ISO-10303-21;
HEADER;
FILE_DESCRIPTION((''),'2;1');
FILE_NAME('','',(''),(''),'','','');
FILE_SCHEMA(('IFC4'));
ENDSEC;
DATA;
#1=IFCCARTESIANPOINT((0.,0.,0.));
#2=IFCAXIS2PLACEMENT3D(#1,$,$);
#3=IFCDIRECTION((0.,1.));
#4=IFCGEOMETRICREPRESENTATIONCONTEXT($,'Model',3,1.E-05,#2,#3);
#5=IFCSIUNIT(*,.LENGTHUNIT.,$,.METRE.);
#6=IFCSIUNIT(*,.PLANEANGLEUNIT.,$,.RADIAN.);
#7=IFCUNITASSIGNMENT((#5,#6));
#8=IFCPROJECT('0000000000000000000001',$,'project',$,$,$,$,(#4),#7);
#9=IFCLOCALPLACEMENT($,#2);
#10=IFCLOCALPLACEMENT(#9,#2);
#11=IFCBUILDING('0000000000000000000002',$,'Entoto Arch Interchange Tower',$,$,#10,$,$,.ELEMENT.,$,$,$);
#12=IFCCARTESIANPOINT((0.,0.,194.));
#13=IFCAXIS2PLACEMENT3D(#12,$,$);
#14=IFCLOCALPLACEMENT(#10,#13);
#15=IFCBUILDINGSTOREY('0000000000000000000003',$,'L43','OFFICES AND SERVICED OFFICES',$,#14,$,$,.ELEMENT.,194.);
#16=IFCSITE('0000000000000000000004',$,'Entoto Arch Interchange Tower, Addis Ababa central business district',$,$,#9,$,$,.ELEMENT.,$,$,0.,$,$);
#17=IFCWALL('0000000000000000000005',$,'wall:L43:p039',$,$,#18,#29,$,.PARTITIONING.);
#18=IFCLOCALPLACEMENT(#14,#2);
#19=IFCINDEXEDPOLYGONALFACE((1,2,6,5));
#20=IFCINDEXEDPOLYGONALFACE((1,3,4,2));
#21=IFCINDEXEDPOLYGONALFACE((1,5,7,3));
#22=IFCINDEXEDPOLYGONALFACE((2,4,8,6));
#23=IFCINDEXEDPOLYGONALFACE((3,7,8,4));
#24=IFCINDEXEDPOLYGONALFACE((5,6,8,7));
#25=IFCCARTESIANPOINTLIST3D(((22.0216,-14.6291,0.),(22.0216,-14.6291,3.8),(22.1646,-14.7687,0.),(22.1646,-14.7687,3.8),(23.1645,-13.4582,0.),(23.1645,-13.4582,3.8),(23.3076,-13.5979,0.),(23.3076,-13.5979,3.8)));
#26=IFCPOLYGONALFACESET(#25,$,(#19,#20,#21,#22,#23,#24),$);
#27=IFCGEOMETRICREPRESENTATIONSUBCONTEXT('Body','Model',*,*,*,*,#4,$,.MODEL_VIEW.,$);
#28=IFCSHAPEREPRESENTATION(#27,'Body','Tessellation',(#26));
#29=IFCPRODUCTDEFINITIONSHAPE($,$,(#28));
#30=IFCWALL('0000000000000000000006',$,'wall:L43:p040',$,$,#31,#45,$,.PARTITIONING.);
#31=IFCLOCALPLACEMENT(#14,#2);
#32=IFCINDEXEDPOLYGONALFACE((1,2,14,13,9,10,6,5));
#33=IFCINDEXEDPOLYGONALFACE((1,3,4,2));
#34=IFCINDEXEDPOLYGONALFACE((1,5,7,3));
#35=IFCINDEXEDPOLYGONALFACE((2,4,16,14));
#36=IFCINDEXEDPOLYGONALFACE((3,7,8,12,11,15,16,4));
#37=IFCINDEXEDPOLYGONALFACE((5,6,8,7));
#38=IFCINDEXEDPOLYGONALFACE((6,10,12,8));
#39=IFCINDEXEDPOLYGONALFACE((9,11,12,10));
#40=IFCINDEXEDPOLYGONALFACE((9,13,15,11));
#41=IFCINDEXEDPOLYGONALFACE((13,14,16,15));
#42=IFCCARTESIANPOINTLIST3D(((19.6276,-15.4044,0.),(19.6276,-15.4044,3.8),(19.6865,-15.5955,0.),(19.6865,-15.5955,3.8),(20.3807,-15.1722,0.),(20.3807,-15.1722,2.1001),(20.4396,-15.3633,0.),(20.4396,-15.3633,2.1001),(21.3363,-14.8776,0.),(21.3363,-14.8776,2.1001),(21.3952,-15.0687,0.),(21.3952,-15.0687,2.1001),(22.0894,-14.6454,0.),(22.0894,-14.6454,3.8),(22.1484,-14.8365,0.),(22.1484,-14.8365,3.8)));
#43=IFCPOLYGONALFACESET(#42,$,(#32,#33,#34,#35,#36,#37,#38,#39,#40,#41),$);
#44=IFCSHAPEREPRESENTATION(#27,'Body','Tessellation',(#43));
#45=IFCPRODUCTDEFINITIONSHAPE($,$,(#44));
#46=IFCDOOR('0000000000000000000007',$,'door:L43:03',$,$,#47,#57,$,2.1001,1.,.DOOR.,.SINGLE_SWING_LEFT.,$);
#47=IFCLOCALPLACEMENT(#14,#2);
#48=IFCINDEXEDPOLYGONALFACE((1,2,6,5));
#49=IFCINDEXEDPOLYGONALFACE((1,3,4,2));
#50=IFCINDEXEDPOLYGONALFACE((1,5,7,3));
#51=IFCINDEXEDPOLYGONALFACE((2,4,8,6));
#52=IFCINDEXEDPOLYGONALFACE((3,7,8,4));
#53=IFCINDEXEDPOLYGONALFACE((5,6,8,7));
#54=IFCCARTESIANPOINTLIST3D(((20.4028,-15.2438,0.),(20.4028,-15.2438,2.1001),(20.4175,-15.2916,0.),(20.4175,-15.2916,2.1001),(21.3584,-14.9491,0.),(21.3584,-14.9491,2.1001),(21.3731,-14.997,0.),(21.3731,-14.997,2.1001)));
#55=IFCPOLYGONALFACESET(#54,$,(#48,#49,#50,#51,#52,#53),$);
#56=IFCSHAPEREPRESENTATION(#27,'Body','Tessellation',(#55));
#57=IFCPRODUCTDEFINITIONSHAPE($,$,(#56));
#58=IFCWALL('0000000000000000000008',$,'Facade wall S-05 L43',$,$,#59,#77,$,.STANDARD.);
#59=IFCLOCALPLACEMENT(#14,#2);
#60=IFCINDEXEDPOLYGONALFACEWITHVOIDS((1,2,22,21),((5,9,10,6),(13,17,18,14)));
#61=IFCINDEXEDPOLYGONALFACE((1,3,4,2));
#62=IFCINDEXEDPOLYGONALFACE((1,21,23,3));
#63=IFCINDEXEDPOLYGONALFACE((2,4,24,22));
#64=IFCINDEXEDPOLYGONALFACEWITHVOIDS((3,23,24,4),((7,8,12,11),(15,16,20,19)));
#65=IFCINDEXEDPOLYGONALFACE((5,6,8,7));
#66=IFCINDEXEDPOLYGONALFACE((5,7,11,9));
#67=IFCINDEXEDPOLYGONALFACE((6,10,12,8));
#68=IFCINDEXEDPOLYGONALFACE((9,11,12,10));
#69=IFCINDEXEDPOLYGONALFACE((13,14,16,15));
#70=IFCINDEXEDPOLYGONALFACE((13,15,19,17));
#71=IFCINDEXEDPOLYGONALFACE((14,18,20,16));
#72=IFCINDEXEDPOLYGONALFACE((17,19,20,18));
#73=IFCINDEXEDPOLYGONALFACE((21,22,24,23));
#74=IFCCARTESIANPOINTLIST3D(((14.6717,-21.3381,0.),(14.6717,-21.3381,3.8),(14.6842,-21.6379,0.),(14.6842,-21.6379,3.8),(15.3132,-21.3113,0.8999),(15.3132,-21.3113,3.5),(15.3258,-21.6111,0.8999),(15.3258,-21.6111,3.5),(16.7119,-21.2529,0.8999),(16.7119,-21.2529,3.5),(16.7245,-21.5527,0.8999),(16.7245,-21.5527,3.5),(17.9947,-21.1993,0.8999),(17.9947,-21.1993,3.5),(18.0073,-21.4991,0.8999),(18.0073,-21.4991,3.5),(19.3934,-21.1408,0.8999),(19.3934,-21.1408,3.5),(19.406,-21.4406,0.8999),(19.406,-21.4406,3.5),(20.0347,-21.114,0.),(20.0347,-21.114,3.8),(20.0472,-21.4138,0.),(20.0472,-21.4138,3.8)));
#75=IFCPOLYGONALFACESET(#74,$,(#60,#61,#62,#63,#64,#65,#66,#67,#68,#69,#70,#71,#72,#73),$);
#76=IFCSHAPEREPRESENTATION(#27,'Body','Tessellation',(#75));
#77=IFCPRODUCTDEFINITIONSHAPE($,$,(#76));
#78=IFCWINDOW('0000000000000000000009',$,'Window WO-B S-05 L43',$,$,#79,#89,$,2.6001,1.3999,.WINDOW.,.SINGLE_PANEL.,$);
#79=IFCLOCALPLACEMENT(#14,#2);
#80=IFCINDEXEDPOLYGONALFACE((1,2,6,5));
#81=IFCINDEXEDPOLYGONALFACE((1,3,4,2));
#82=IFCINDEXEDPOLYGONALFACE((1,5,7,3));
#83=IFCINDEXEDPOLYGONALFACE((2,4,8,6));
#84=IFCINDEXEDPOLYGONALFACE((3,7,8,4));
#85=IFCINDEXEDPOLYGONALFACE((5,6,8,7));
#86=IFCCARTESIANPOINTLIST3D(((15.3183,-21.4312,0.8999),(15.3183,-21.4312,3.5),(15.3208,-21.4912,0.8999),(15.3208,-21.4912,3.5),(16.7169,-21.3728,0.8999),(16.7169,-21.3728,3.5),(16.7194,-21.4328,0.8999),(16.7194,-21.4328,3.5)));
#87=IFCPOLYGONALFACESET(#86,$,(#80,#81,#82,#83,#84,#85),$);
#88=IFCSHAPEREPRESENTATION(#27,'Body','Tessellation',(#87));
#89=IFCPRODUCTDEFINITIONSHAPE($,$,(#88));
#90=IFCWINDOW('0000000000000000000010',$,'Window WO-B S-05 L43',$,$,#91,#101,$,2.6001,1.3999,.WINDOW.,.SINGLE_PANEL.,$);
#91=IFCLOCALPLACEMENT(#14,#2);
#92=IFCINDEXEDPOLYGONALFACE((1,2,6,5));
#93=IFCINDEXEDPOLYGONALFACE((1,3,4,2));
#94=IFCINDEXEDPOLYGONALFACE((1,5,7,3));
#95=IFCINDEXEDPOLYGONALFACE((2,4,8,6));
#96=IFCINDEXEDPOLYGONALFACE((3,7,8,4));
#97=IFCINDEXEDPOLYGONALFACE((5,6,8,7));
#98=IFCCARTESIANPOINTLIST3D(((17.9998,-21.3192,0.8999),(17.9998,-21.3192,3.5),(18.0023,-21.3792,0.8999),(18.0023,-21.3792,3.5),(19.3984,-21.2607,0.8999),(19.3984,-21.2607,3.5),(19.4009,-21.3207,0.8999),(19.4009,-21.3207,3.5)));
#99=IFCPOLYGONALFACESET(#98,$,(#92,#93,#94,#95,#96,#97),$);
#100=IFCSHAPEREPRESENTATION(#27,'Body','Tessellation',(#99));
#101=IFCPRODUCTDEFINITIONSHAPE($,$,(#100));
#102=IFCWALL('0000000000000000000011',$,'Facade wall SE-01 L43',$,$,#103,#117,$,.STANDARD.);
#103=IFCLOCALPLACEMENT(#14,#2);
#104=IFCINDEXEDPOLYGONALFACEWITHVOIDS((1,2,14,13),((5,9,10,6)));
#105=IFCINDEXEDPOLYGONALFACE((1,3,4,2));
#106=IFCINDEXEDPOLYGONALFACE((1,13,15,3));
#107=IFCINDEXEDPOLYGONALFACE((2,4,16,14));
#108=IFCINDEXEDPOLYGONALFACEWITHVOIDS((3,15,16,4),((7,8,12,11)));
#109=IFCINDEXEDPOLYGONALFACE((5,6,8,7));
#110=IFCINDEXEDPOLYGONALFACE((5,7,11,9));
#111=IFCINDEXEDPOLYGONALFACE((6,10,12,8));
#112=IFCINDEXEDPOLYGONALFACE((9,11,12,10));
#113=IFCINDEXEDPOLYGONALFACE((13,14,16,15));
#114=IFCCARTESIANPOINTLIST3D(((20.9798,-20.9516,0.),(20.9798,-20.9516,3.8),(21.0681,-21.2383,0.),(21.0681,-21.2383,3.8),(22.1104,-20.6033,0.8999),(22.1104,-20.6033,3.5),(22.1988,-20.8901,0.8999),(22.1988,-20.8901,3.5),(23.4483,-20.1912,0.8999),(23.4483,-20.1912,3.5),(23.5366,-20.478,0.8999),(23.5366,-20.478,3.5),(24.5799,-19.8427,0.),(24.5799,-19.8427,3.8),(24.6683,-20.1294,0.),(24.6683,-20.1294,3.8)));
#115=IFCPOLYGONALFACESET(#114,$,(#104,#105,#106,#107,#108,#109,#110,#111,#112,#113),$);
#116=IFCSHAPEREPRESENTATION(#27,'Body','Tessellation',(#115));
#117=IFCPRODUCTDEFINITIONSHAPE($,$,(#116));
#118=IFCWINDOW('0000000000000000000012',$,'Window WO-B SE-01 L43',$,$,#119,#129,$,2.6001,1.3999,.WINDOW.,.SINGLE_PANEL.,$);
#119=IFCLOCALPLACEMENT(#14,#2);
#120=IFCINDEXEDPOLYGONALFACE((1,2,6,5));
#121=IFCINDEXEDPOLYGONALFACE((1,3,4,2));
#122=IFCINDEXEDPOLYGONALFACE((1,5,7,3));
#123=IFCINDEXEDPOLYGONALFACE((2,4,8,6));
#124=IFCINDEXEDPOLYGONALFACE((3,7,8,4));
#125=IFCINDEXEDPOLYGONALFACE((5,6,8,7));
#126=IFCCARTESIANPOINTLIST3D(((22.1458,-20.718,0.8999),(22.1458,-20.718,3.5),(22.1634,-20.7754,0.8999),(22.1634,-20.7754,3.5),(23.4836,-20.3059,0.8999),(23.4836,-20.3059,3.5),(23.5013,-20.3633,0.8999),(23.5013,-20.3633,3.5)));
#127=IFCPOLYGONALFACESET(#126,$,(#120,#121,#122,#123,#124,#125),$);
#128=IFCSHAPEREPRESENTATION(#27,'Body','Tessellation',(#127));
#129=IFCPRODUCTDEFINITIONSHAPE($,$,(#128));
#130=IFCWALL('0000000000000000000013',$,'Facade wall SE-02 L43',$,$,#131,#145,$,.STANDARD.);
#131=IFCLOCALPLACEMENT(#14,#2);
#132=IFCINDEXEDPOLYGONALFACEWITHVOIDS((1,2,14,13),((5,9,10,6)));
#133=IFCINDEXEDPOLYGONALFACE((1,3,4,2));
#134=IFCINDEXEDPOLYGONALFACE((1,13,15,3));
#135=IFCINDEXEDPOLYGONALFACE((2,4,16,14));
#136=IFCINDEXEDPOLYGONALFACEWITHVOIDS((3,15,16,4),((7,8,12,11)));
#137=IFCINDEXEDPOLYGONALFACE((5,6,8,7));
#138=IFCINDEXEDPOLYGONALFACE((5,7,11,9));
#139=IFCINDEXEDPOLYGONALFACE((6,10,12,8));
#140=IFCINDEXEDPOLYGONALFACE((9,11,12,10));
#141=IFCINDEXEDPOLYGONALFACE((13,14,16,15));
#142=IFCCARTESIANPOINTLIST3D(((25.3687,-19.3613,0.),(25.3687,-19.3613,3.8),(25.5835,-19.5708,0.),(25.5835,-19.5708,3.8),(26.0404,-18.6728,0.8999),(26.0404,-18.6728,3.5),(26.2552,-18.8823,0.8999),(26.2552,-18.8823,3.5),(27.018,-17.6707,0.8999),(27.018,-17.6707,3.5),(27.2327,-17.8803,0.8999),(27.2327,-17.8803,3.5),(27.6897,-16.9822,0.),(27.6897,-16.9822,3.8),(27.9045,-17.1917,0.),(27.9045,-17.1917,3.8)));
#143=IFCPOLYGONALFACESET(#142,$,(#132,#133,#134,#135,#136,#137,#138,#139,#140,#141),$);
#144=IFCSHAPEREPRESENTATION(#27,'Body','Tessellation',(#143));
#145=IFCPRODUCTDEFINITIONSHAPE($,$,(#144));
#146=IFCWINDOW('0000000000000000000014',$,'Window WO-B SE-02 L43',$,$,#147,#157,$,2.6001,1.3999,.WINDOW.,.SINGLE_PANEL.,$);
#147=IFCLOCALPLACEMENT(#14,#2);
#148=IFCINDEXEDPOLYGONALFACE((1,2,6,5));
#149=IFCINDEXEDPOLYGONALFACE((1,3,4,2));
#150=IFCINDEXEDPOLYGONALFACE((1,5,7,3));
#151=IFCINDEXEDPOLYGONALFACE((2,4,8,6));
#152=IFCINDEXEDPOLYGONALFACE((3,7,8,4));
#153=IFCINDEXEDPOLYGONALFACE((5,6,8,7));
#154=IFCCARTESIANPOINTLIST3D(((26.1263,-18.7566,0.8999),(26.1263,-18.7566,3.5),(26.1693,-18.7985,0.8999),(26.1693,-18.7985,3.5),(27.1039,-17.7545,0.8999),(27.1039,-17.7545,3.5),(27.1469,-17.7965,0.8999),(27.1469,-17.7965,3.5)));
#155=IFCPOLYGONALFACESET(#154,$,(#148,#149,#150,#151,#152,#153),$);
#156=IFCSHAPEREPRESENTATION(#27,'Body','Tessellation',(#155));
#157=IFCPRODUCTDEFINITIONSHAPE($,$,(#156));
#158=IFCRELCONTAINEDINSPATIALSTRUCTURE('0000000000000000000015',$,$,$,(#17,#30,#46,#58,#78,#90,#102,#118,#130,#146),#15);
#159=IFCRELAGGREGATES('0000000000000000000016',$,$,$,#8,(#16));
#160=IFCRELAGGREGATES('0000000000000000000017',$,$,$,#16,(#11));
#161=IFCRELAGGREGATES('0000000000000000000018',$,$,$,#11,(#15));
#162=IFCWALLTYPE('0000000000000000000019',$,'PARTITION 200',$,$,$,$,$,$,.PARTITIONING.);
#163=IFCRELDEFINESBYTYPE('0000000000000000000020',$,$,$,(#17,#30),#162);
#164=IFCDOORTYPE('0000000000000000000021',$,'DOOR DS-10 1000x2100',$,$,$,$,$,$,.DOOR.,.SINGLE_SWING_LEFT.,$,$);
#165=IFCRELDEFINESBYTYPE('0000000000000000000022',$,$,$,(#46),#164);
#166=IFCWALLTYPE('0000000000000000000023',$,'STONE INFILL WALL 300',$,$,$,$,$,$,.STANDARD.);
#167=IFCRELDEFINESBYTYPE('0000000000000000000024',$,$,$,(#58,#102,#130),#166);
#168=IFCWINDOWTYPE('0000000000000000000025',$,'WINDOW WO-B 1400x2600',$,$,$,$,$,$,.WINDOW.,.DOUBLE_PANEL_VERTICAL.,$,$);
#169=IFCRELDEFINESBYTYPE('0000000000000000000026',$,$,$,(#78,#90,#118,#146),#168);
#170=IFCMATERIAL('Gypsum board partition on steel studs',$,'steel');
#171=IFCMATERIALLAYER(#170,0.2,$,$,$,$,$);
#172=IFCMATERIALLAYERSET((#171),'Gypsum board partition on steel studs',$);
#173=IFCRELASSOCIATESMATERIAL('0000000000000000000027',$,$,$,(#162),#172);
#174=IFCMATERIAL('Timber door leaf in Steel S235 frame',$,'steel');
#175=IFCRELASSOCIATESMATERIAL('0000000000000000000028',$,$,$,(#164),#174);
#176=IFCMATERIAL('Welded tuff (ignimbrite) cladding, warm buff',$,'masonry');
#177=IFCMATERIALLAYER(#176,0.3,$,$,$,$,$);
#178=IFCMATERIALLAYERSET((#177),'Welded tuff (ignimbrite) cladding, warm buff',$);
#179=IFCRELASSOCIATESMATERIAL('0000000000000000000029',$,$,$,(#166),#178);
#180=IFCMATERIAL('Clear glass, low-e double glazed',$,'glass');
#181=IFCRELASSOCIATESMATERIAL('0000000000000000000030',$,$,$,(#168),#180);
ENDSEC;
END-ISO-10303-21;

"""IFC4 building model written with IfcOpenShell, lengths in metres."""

from ifc_helpers import new_model, si_unit, direction, frame, frame_2d, origin, place, context, subcontext, project, spatial, rectangle, extrude, material, layer, layer_set, type_object, element, fill, save


model = new_model("IFC4")

# Units and contexts
model_context = context("Model", 3, precision=1e-05, world=origin(), true_north=direction((0.0, 1.0)))
body_context = subcontext(model_context, "Body", "Model", "MODEL_VIEW")
ifc_project = project(units=[si_unit("LENGTHUNIT", "METRE"), si_unit("PLANEANGLEUNIT", "RADIAN")], contexts=[model_context])

# Site, building, storey
site_placement = place(None, origin())
site = spatial("IfcSite", under=ifc_project, at=site_placement, Name="Entoto Arch Interchange Tower, Addis Ababa central business district", CompositionType="ELEMENT", RefElevation=0.0)
building_placement = place(site_placement, origin())
building = spatial("IfcBuilding", under=site, at=building_placement, Name="Entoto Arch Interchange Tower", CompositionType="ELEMENT")
storey_placement = place(building_placement, frame((0.0, 0.0, 194.0)))
storey = spatial("IfcBuildingStorey", under=building, at=storey_placement, Name="L43", Description="OFFICES AND SERVICED OFFICES", CompositionType="ELEMENT", Elevation=194.0)

# Shared definitions
ifc_material_1 = material(Name="Gypsum board partition on steel studs", Category="steel")
ifc_layer_1 = layer(ifc_material_1, 0.2)
ifc_layer_set_1 = layer_set([ifc_layer_1], Name="Gypsum board partition on steel studs")
wall_type_1 = type_object("IfcWallType", Name="PARTITION 200", PredefinedType="PARTITIONING", material=ifc_layer_set_1)

# Shared definitions
ifc_material_2 = material(Name="Timber door leaf in Steel S235 frame", Category="steel")
door_type = type_object("IfcDoorType", Name="DOOR DS-10 1000x2100", OperationType="SINGLE_SWING_LEFT", PredefinedType="DOOR", material=ifc_material_2)

# Wall
wall_1_placement = place(storey_placement, frame((23.2361, -13.5281, 0.0), z_axis=(0.0, 0.0, 1.0), x_axis=(-0.698551, -0.71556, 0.0)))
element("IfcWall", 1, at=wall_1_placement, inside=storey, type_object=wall_type_1, Name="wall:L43:p039", PredefinedType="PARTITIONING", context=body_context, shape_type="SweptSolid", body=[
    extrude(rectangle(XDim=1.6362, YDim=0.2, at=frame_2d((0.8181, 0.0))), origin(), (0.0, 0.0, 1.0), 3.8),
])

# Wall, opening, door
wall_2_placement = place(storey_placement, frame((22.1189, -14.741, 0.0), z_axis=(0.0, 0.0, 1.0), x_axis=(-0.955613, -0.294625, 0.0)))
wall_2 = element("IfcWall", 2, at=wall_2_placement, inside=storey, type_object=wall_type_1, Name="wall:L43:p040", PredefinedType="PARTITIONING", context=body_context, shape_type="SweptSolid", body=[
    extrude(rectangle(XDim=2.5762, YDim=0.2, at=frame_2d((1.2881, 0.0))), origin(), (0.0, 0.0, 1.0), 3.8),
])
opening_1_placement = place(wall_2_placement, frame((0.7881, 0.0, 0.0)))
opening_1 = element("IfcOpeningElement", 3, at=opening_1_placement, cuts=wall_2, PredefinedType="OPENING", context=body_context, shape_type="SweptSolid", body=[
    extrude(rectangle(XDim=1.0, YDim=2.1001, at=frame_2d((0.5, 1.05))), frame((0.0, 0.1099, 0.0), z_axis=(0.0, -1.0, 0.0), x_axis=(1.0, 0.0, 0.0)), (0.0, 0.0, 1.0), 0.22),
])
door_1_placement = place(opening_1_placement, origin())
door_1 = element("IfcDoor", 4, at=door_1_placement, inside=storey, type_object=door_type, Name="door:L43:03", OperationType="SINGLE_SWING_LEFT", OverallHeight=2.1001, OverallWidth=1.0, PredefinedType="DOOR", context=body_context, shape_type="SweptSolid", body=[
    extrude(rectangle(XDim=1.0, YDim=2.1001, at=frame_2d((0.5, 1.05))), frame((0.0, 0.0249, 0.0), z_axis=(0.0, -1.0, 0.0), x_axis=(1.0, 0.0, 0.0)), (0.0, 0.0, 1.0), 0.05),
])
fill(opening_1, door_1)

# Wall, openings, windows
ifc_material_3 = material(Name="Welded tuff (ignimbrite) cladding, warm buff", Category="masonry")
ifc_layer_2 = layer(ifc_material_3, 0.3)
ifc_layer_set_2 = layer_set([ifc_layer_2], Name="Welded tuff (ignimbrite) cladding, warm buff")
wall_type_2 = type_object("IfcWallType", Name="STONE INFILL WALL 300", PredefinedType="STANDARD", material=ifc_layer_set_2)
wall_3_placement = place(storey_placement, frame((14.678, -21.488, 0.0), z_axis=(0.0, 0.0, 1.0), x_axis=(0.999128, 0.041754, 0.0)))
wall_3 = element("IfcWall", 5, at=wall_3_placement, inside=storey, type_object=wall_type_2, Name="Facade wall S-05 L43", PredefinedType="STANDARD", context=body_context, shape_type="SweptSolid", body=[
    extrude(rectangle(XDim=5.3677, YDim=0.3, at=frame_2d((2.6838, 0.0))), origin(), (0.0, 0.0, 1.0), 3.8),
])
opening_2_placement = place(wall_3_placement, frame((0.6421, 0.0, 0.8999)))
opening_2 = element("IfcOpeningElement", 6, at=opening_2_placement, cuts=wall_3, PredefinedType="OPENING", context=body_context, shape_type="SweptSolid", body=[
    extrude(rectangle(XDim=1.3999, YDim=2.6001, at=frame_2d((0.7, 1.3))), frame((0.0, 0.1602, 0.0), z_axis=(0.0, -1.0, 0.0), x_axis=(1.0, 0.0, 0.0)), (0.0, 0.0, 1.0), 0.3201),
])
opening_3_placement = place(wall_3_placement, frame((3.3259, 0.0, 0.8999)))
opening_3 = element("IfcOpeningElement", 7, at=opening_3_placement, cuts=wall_3, PredefinedType="OPENING", context=body_context, shape_type="SweptSolid", body=[
    extrude(rectangle(XDim=1.3999, YDim=2.6001, at=frame_2d((0.7, 1.3))), frame((0.0, 0.1602, 0.0), z_axis=(0.0, -1.0, 0.0), x_axis=(1.0, 0.0, 0.0)), (0.0, 0.0, 1.0), 0.3201),
])
ifc_material_4 = material(Name="Clear glass, low-e double glazed", Category="glass")
window_type = type_object("IfcWindowType", Name="WINDOW WO-B 1400x2600", PartitioningType="DOUBLE_PANEL_VERTICAL", PredefinedType="WINDOW", material=ifc_material_4)
window_1_placement = place(opening_2_placement, origin())
window_1 = element("IfcWindow", 8, at=window_1_placement, inside=storey, type_object=window_type, Name="Window WO-B S-05 L43", OverallHeight=2.6001, OverallWidth=1.3999, PartitioningType="SINGLE_PANEL", PredefinedType="WINDOW", context=body_context, shape_type="SweptSolid", body=[
    extrude(rectangle(XDim=1.3999, YDim=2.6001, at=frame_2d((0.7, 1.3))), frame((0.0, 0.03, 0.0), z_axis=(0.0, -1.0, 0.0), x_axis=(1.0, 0.0, 0.0)), (0.0, 0.0, 1.0), 0.0601),
])
fill(opening_2, window_1)
window_2_placement = place(opening_3_placement, origin())
window_2 = element("IfcWindow", 9, at=window_2_placement, inside=storey, type_object=window_type, Name="Window WO-B S-05 L43", OverallHeight=2.6001, OverallWidth=1.3999, PartitioningType="SINGLE_PANEL", PredefinedType="WINDOW", context=body_context, shape_type="SweptSolid", body=[
    extrude(rectangle(XDim=1.3999, YDim=2.6001, at=frame_2d((0.7, 1.3))), frame((0.0, 0.03, 0.0), z_axis=(0.0, -1.0, 0.0), x_axis=(1.0, 0.0, 0.0)), (0.0, 0.0, 1.0), 0.0601),
])
fill(opening_3, window_2)

# Walls, openings, windows
wall_4_placement = place(storey_placement, frame((21.0239, -21.095, 0.0), z_axis=(0.0, 0.0, 1.0), x_axis=(0.955692, 0.294368, 0.0)))
wall_4 = element("IfcWall", 10, at=wall_4_placement, inside=storey, type_object=wall_type_2, Name="Facade wall SE-01 L43", PredefinedType="STANDARD", context=body_context, shape_type="SweptSolid", body=[
    extrude(rectangle(XDim=3.7671, YDim=0.3, at=frame_2d((1.8835, 0.0))), origin(), (0.0, 0.0, 1.0), 3.8),
])
opening_4_placement = place(wall_4_placement, frame((1.1831, 0.0, 0.8999)))
opening_4 = element("IfcOpeningElement", 11, at=opening_4_placement, cuts=wall_4, PredefinedType="OPENING", context=body_context, shape_type="SweptSolid", body=[
    extrude(rectangle(XDim=1.3999, YDim=2.6001, at=frame_2d((0.7, 1.3))), frame((0.0, 0.1602, 0.0), z_axis=(0.0, -1.0, 0.0), x_axis=(1.0, 0.0, 0.0)), (0.0, 0.0, 1.0), 0.3201),
])
window_3_placement = place(opening_4_placement, origin())
window_3 = element("IfcWindow", 12, at=window_3_placement, inside=storey, type_object=window_type, Name="Window WO-B SE-01 L43", OverallHeight=2.6001, OverallWidth=1.3999, PartitioningType="SINGLE_PANEL", PredefinedType="WINDOW", context=body_context, shape_type="SweptSolid", body=[
    extrude(rectangle(XDim=1.3999, YDim=2.6001, at=frame_2d((0.7, 1.3))), frame((0.0, 0.03, 0.0), z_axis=(0.0, -1.0, 0.0), x_axis=(1.0, 0.0, 0.0)), (0.0, 0.0, 1.0), 0.0601),
])
fill(opening_4, window_3)
wall_5_placement = place(storey_placement, frame((25.4761, -19.4661, 0.0), z_axis=(0.0, 0.0, 1.0), x_axis=(0.698312, 0.715794, 0.0)))
wall_5 = element("IfcWall", 13, at=wall_5_placement, inside=storey, type_object=wall_type_2, Name="Facade wall SE-02 L43", PredefinedType="STANDARD", context=body_context, shape_type="SweptSolid", body=[
    extrude(rectangle(XDim=3.3237, YDim=0.3, at=frame_2d((1.6619, 0.0))), origin(), (0.0, 0.0, 1.0), 3.8),
])
opening_5_placement = place(wall_5_placement, frame((0.9619, 0.0, 0.8999)))
opening_5 = element("IfcOpeningElement", 14, at=opening_5_placement, cuts=wall_5, PredefinedType="OPENING", context=body_context, shape_type="SweptSolid", body=[
    extrude(rectangle(XDim=1.3999, YDim=2.6001, at=frame_2d((0.7, 1.3))), frame((0.0, 0.1602, 0.0), z_axis=(0.0, -1.0, 0.0), x_axis=(1.0, 0.0, 0.0)), (0.0, 0.0, 1.0), 0.3201),
])
window_4_placement = place(opening_5_placement, origin())
window_4 = element("IfcWindow", 15, at=window_4_placement, inside=storey, type_object=window_type, Name="Window WO-B SE-02 L43", OverallHeight=2.6001, OverallWidth=1.3999, PartitioningType="SINGLE_PANEL", PredefinedType="WINDOW", context=body_context, shape_type="SweptSolid", body=[
    extrude(rectangle(XDim=1.3999, YDim=2.6001, at=frame_2d((0.7, 1.3))), frame((0.0, 0.03, 0.0), z_axis=(0.0, -1.0, 0.0), x_axis=(1.0, 0.0, 0.0)), (0.0, 0.0, 1.0), 0.0601),
])
fill(opening_5, window_4)

save(model, "model.ifc")
